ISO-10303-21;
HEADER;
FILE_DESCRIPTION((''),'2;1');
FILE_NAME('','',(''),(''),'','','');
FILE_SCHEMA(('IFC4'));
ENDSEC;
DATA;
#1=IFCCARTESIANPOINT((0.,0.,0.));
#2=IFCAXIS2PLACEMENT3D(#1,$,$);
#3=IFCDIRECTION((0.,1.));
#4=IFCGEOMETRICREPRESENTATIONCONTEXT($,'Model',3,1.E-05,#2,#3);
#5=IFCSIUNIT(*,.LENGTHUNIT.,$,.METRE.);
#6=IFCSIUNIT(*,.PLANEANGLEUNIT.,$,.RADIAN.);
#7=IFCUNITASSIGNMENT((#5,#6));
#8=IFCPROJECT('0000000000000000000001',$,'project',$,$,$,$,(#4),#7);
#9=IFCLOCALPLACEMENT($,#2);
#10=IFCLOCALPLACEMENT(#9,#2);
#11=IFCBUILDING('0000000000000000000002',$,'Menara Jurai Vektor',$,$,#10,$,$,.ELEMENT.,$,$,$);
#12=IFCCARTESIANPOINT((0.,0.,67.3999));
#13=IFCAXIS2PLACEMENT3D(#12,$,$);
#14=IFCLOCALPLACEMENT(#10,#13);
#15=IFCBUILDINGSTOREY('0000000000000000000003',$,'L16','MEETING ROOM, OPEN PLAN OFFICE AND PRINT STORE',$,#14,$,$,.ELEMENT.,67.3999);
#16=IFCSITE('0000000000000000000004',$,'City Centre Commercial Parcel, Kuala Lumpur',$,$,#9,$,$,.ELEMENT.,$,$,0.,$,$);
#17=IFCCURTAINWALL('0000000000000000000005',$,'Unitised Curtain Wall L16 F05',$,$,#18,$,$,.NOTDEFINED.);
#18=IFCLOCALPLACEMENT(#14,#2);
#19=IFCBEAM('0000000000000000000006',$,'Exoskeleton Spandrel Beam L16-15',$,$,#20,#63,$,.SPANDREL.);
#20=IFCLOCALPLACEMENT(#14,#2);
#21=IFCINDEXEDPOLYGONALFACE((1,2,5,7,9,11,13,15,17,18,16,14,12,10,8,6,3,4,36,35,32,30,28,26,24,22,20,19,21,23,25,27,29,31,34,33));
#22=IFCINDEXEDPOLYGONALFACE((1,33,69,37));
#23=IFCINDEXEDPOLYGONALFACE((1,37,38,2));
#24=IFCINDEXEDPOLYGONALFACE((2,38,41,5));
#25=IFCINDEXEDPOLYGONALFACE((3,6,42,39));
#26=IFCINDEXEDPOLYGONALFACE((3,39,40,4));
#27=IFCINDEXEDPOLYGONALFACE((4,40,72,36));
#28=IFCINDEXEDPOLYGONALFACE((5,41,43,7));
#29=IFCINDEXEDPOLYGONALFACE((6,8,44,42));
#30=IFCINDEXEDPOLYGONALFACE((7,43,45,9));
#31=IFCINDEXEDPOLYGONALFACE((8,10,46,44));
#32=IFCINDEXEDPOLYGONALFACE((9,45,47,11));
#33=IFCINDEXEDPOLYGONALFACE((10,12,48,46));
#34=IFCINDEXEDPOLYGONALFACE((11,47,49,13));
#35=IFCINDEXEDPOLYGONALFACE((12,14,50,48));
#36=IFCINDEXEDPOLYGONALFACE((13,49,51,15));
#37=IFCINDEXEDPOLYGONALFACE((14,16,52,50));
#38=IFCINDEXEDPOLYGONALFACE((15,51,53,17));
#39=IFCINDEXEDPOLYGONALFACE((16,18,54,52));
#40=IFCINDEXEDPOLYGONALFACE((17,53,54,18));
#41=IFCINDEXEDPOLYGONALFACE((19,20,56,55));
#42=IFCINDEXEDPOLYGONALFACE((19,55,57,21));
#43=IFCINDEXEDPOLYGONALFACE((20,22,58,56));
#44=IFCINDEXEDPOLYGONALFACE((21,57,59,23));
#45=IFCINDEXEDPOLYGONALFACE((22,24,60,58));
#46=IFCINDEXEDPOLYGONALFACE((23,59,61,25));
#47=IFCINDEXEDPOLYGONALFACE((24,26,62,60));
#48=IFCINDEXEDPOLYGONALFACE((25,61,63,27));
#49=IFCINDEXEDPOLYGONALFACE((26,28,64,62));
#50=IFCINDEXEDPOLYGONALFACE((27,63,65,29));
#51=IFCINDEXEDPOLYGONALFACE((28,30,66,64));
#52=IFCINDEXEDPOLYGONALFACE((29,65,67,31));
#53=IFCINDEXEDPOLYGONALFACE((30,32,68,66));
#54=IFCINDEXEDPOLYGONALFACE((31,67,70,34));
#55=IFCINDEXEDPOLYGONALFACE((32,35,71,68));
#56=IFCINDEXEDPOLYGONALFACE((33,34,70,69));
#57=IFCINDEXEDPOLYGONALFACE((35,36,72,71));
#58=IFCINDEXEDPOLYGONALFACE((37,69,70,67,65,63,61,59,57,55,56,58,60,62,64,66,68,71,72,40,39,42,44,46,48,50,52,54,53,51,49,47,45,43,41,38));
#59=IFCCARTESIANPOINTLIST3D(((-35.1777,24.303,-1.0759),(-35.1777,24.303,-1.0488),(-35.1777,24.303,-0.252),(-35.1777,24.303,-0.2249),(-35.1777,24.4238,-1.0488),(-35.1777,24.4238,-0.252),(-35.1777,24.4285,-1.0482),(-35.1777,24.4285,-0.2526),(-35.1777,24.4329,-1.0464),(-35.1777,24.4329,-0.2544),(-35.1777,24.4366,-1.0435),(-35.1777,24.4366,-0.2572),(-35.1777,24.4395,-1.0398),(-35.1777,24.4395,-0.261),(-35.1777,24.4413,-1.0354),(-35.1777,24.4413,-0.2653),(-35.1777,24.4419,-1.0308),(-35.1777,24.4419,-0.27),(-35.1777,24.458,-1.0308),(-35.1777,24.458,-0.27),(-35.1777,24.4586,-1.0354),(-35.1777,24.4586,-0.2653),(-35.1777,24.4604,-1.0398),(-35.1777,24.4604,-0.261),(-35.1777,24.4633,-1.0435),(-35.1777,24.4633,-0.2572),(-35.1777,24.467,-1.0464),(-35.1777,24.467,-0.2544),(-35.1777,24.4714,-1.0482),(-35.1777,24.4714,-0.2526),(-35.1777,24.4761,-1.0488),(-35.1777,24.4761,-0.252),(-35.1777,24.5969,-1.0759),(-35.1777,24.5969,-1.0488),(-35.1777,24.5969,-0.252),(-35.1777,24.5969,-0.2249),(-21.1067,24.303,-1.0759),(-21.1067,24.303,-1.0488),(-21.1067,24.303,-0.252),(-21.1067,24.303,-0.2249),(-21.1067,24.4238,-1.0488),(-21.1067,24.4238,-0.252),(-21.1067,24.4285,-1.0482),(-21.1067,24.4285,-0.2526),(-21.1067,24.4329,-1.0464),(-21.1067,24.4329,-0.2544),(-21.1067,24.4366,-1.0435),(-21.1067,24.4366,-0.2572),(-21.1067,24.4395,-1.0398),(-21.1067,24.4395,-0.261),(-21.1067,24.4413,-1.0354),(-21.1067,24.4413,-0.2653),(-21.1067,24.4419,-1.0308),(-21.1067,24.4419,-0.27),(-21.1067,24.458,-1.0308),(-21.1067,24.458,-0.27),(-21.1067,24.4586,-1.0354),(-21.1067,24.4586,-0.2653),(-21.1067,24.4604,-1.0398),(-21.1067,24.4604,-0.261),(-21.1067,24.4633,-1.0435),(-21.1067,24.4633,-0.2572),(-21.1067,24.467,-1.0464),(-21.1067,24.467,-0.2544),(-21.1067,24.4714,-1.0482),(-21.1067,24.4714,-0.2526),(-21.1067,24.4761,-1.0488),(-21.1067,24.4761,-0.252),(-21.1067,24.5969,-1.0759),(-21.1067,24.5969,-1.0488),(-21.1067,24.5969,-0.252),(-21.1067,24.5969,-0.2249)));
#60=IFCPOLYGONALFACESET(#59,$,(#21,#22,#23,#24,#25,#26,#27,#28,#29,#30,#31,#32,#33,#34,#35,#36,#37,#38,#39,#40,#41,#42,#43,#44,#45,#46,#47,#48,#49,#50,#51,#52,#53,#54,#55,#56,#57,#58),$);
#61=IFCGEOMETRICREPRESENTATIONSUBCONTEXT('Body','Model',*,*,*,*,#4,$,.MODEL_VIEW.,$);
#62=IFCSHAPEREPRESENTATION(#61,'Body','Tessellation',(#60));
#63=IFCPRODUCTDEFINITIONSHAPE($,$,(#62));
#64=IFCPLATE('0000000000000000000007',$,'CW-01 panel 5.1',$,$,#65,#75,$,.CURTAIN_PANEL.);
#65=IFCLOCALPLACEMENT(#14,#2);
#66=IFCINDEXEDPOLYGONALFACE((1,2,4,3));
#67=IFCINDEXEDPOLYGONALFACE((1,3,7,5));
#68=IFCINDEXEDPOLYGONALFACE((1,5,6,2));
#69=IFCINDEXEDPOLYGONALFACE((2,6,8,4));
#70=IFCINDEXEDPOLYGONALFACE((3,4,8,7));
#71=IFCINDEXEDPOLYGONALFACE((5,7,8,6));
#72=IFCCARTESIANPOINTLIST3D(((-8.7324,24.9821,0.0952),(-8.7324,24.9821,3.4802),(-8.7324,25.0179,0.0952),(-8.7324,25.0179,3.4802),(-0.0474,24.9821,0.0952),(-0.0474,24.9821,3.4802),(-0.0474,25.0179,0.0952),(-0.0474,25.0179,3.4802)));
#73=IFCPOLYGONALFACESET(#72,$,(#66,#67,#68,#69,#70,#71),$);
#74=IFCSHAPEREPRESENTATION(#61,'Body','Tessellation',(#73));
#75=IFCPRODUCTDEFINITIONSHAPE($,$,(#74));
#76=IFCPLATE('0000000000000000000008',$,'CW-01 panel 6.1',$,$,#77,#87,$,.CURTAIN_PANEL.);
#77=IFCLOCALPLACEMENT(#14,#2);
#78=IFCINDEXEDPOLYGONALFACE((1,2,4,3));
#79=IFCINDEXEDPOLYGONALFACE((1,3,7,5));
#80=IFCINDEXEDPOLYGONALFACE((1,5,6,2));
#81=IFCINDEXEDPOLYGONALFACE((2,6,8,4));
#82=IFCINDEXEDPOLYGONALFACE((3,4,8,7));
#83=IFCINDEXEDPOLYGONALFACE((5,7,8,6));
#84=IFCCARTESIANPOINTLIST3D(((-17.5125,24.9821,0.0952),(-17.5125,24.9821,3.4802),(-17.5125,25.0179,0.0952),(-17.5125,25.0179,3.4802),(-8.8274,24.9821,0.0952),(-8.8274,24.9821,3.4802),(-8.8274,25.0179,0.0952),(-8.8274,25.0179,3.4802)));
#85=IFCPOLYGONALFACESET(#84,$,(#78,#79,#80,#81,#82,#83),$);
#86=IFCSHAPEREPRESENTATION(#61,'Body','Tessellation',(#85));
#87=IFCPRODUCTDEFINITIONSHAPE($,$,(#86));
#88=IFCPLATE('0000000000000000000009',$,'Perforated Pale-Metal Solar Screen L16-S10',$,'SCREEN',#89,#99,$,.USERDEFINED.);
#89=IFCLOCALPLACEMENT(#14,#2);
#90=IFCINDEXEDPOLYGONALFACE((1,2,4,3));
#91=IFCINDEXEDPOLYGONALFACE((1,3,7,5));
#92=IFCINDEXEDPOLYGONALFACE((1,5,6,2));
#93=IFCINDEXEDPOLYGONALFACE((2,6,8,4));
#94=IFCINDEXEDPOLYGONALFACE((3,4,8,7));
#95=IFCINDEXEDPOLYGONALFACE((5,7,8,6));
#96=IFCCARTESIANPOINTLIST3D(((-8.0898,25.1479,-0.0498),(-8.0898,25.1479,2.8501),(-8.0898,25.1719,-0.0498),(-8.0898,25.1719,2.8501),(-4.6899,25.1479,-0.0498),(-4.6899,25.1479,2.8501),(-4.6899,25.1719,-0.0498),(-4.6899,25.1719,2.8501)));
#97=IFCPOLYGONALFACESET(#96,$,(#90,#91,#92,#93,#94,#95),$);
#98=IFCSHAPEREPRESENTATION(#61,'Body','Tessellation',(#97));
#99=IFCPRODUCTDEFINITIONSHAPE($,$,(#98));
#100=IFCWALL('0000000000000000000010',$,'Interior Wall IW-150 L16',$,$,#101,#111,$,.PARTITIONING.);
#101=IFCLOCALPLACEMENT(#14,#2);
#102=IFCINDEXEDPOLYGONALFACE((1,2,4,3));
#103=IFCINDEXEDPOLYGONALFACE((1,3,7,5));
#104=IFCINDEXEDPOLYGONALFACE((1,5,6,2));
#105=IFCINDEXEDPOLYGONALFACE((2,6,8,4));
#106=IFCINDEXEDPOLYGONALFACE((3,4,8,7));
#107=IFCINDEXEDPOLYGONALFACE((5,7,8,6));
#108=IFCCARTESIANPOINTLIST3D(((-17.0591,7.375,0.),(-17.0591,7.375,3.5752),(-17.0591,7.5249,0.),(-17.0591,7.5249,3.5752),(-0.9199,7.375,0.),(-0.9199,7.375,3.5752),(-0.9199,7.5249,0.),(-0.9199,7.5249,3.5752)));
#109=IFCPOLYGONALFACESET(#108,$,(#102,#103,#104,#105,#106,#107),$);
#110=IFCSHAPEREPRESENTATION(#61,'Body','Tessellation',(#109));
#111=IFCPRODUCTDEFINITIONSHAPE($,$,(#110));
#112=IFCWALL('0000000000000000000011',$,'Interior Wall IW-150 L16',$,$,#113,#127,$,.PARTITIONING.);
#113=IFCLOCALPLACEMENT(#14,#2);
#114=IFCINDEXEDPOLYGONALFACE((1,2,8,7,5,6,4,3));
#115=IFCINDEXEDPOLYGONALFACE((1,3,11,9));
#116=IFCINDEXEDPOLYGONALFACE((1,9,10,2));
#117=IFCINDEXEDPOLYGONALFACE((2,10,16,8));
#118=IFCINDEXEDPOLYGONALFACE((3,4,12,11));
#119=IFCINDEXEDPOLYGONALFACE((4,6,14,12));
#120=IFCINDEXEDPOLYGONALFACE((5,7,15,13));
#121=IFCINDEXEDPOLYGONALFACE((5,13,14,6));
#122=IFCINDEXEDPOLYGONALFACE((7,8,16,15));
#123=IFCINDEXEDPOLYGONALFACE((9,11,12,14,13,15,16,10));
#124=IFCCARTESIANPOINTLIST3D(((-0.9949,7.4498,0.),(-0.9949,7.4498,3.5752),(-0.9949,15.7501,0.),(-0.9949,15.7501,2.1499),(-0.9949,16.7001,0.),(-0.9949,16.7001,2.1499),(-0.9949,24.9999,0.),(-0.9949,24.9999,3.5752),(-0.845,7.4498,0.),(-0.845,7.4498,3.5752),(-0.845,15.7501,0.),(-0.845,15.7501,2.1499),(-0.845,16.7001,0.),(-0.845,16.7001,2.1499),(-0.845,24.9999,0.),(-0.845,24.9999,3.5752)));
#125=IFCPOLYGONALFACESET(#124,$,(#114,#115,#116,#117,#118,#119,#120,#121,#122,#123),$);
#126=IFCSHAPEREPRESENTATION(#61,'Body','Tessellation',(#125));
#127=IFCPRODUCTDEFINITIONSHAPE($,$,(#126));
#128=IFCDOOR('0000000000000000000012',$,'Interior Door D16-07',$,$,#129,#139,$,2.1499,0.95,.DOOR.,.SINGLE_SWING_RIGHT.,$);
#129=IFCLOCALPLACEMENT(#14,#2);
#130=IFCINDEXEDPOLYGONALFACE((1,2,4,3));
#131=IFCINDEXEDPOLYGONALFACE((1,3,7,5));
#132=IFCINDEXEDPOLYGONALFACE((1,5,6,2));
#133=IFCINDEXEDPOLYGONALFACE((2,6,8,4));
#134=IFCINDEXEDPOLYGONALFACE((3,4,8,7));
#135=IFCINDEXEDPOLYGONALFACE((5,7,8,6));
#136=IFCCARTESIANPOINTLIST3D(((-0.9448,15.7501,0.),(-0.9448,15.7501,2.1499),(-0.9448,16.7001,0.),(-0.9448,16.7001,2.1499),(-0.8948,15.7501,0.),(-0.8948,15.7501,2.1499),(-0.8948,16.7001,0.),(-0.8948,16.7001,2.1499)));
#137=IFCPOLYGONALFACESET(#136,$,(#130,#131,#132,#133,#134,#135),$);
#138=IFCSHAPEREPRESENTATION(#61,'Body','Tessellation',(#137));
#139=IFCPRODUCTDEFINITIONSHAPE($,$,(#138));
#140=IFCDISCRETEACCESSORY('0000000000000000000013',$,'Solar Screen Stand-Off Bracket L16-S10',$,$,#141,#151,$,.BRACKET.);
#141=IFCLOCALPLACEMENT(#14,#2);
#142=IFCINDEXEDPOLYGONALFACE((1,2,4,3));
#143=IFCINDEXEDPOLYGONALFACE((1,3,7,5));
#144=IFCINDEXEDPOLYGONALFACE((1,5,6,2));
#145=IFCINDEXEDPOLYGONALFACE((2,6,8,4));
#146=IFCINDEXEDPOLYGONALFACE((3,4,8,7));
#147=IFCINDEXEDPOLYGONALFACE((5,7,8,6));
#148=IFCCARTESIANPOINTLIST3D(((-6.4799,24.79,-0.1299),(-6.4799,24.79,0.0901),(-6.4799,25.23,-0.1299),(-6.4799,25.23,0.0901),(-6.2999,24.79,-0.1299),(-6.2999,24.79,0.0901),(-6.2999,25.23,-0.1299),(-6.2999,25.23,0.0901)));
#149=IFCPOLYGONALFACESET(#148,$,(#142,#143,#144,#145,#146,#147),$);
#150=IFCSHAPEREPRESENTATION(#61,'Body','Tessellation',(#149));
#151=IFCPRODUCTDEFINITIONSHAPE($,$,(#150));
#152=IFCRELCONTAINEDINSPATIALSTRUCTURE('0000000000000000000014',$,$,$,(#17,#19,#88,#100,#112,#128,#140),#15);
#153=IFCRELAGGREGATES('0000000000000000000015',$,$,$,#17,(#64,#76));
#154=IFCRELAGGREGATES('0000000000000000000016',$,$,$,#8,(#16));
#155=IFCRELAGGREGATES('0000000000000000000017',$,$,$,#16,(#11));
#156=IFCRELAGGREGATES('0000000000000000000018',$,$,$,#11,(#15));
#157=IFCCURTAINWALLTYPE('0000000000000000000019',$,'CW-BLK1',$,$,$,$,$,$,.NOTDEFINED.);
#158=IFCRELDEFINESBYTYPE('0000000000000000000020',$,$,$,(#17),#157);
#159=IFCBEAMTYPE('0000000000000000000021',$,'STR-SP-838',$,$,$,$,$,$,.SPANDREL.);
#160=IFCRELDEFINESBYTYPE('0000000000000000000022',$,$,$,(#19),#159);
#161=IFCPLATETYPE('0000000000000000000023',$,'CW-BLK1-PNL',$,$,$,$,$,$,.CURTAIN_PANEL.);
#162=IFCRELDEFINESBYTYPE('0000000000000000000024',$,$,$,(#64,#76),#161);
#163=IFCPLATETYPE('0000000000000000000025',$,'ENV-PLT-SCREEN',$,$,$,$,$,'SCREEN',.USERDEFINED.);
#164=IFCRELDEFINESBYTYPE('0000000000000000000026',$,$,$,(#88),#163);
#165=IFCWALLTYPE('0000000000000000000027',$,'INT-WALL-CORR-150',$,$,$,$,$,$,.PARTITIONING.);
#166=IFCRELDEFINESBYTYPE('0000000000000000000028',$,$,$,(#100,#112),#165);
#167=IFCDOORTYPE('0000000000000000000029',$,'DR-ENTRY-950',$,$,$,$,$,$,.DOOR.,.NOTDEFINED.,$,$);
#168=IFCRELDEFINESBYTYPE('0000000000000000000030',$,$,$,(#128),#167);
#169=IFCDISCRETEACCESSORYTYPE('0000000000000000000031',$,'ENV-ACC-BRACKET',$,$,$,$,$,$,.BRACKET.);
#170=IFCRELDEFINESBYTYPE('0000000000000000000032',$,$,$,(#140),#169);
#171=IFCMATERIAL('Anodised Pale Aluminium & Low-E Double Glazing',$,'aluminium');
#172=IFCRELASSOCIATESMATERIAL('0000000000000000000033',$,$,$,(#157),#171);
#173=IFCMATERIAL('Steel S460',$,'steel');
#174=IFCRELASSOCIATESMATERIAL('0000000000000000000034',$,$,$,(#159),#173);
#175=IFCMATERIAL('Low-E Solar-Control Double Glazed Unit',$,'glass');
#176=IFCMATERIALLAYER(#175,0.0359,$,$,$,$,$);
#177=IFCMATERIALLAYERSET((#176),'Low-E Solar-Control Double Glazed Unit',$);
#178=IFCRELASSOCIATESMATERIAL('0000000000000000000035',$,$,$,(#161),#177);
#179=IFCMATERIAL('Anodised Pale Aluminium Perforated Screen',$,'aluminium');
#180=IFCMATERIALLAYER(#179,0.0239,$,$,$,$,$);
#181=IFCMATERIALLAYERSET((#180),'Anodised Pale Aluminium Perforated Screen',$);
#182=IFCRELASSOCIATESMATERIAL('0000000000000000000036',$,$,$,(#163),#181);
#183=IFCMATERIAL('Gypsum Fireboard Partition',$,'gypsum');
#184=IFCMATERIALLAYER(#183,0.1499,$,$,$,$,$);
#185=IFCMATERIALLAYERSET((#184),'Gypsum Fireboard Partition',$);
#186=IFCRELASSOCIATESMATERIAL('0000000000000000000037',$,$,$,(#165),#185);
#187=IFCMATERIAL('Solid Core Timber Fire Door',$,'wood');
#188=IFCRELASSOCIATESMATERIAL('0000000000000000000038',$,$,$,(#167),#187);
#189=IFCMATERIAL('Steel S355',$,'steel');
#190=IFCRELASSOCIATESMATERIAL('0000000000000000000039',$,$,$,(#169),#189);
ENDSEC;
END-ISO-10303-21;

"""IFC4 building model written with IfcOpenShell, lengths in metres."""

from ifc_helpers import new_model, si_unit, direction, frame, frame_2d, origin, origin_2d, place, context, subcontext, project, spatial, rectangle, i_section, extrude, material, layer, layer_set, material_profile, profile_set, type_object, element, fill, aggregate, save


model = new_model("IFC4")

# Units and contexts
model_context = context("Model", 3, precision=1e-05, world=origin(), true_north=direction((0.0, 1.0)))
body_context = subcontext(model_context, "Body", "Model", "MODEL_VIEW")
ifc_project = project(units=[si_unit("LENGTHUNIT", "METRE"), si_unit("PLANEANGLEUNIT", "RADIAN")], contexts=[model_context])

# Site, building, storey
site_placement = place(None, origin())
site = spatial("IfcSite", under=ifc_project, at=site_placement, Name="City Centre Commercial Parcel, Kuala Lumpur", CompositionType="ELEMENT", RefElevation=0.0)
building_placement = place(site_placement, origin())
building = spatial("IfcBuilding", under=site, at=building_placement, Name="Menara Jurai Vektor", CompositionType="ELEMENT")
storey_placement = place(building_placement, frame((0.0, 0.0, 67.3999)))
storey = spatial("IfcBuildingStorey", under=building, at=storey_placement, Name="L16", Description="MEETING ROOM, OPEN PLAN OFFICE AND PRINT STORE", CompositionType="ELEMENT", Elevation=67.3999)

# Shared definitions
ifc_material_1 = material(Name="Steel S460", Category="steel")

# Curtain wall
ifc_material_2 = material(Name="Anodised Pale Aluminium & Low-E Double Glazing", Category="aluminium")
curtain_wall_type = type_object("IfcCurtainWallType", Name="CW-BLK1", PredefinedType="NOTDEFINED", material=ifc_material_2)
curtain_wall_placement = place(storey_placement, origin())
curtain_wall = element("IfcCurtainWall", 1, at=curtain_wall_placement, inside=storey, type_object=curtain_wall_type, Name="Unitised Curtain Wall L16 F05", PredefinedType="NOTDEFINED")

# Beam
ifc_material_3 = material(Name="Steel S355", Category="steel")
ifc_material_profile_1 = material_profile(ifc_material_1, i_section(OverallWidth=0.2939, OverallDepth=0.8511, WebThickness=0.0161, FlangeThickness=0.0271, FilletRadius=0.0181, at=origin_2d()), Name="UKB 838x292x226")
ifc_profile_set_1 = profile_set([ifc_material_profile_1], Name="Steel S460")
beam_type_1 = type_object("IfcBeamType", Name="STR-SP-838", PredefinedType="SPANDREL", material=ifc_profile_set_1)
for number, where, z_axis, x_axis, name in (
    (2, (-21.1067, 24.45, -0.6504), (-1.0, 0.0, 0.0), (0.0, -1.0, 0.0), "Exoskeleton Spandrel Beam L16-15"),
):
    element("IfcBeam", number, at=place(storey_placement, frame(where, z_axis=z_axis, x_axis=x_axis)), inside=storey, type_object=beam_type_1, Name=name, PredefinedType="SPANDREL", context=body_context, shape_type="SweptSolid", body=[
        extrude(i_section(OverallWidth=0.2939, OverallDepth=0.8511, WebThickness=0.0161, FlangeThickness=0.0271, FilletRadius=0.0181, at=origin_2d()), origin(), (0.0, 0.0, 1.0), 14.071),
    ])

# Plates
ifc_material_4 = material(Name="Low-E Solar-Control Double Glazed Unit", Category="glass")
ifc_layer_1 = layer(ifc_material_4, 0.0359)
ifc_layer_set_1 = layer_set([ifc_layer_1], Name="Low-E Solar-Control Double Glazed Unit")
plate_type_1 = type_object("IfcPlateType", Name="CW-BLK1-PNL", PredefinedType="CURTAIN_PANEL", material=ifc_layer_set_1)
plate_1_placement = place(storey_placement, frame((-4.3899, 25.0, 0.0952), z_axis=(0.0, 0.0, 1.0), x_axis=(-1.0, 0.0, 0.0)))
plate_1 = element("IfcPlate", 3, at=plate_1_placement, type_object=plate_type_1, Name="CW-01 panel 5.1", PredefinedType="CURTAIN_PANEL", context=body_context, shape_type="SweptSolid", body=[
    extrude(rectangle(XDim=8.6851, YDim=0.0359, at=origin_2d()), origin(), (0.0, 0.0, 1.0), 3.385),
])
plate_2_placement = place(storey_placement, frame((-13.1699, 25.0, 0.0952), z_axis=(0.0, 0.0, 1.0), x_axis=(-1.0, 0.0, 0.0)))
plate_2 = element("IfcPlate", 4, at=plate_2_placement, type_object=plate_type_1, Name="CW-01 panel 6.1", PredefinedType="CURTAIN_PANEL", context=body_context, shape_type="SweptSolid", body=[
    extrude(rectangle(XDim=8.6851, YDim=0.0359, at=origin_2d()), origin(), (0.0, 0.0, 1.0), 3.385),
])
aggregate(curtain_wall, [plate_1, plate_2])
ifc_material_5 = material(Name="Anodised Pale Aluminium Perforated Screen", Category="aluminium")
ifc_layer_2 = layer(ifc_material_5, 0.0239)
ifc_layer_set_2 = layer_set([ifc_layer_2], Name="Anodised Pale Aluminium Perforated Screen")
plate_type_2 = type_object("IfcPlateType", Name="ENV-PLT-SCREEN", ElementType="SCREEN", PredefinedType="USERDEFINED", material=ifc_layer_set_2)
plate_3_placement = place(storey_placement, frame((-6.3899, 25.1599, -0.0498), z_axis=(0.0, 0.0, 1.0), x_axis=(-1.0, 0.0, 0.0)))
element("IfcPlate", 5, at=plate_3_placement, inside=storey, type_object=plate_type_2, Name="Perforated Pale-Metal Solar Screen L16-S10", ObjectType="SCREEN", PredefinedType="USERDEFINED", context=body_context, shape_type="SweptSolid", body=[
    extrude(rectangle(XDim=3.3999, YDim=0.0239, at=origin_2d()), origin(), (0.0, 0.0, 1.0), 2.8999),
])

# Wall
ifc_material_6 = material(Name="Gypsum Fireboard Partition", Category="gypsum")
ifc_layer_3 = layer(ifc_material_6, 0.1499)
ifc_layer_set_3 = layer_set([ifc_layer_3], Name="Gypsum Fireboard Partition")
wall_type = type_object("IfcWallType", Name="INT-WALL-CORR-150", PredefinedType="PARTITIONING", material=ifc_layer_set_3)
wall_1_placement = place(storey_placement, frame((-17.0591, 7.45, 0.0), z_axis=(0.0, 0.0, 1.0), x_axis=(1.0, 0.0, 0.0)))
element("IfcWall", 6, at=wall_1_placement, inside=storey, type_object=wall_type, Name="Interior Wall IW-150 L16", PredefinedType="PARTITIONING", context=body_context, shape_type="SweptSolid", body=[
    extrude(rectangle(XDim=16.1392, YDim=0.1499, at=frame_2d((8.0696, 0.0))), origin(), (0.0, 0.0, 1.0), 3.5752),
])

# Wall, opening, door
wall_2_placement = place(storey_placement, frame((-0.9199, 7.45, 0.0), z_axis=(0.0, 0.0, 1.0), x_axis=(0.0, 1.0, 0.0)))
wall_2 = element("IfcWall", 7, at=wall_2_placement, inside=storey, type_object=wall_type, Name="Interior Wall IW-150 L16", PredefinedType="PARTITIONING", context=body_context, shape_type="SweptSolid", body=[
    extrude(rectangle(XDim=17.55, YDim=0.1499, at=frame_2d((8.7749, 0.0))), origin(), (0.0, 0.0, 1.0), 3.5752),
])
opening_placement = place(wall_2_placement, frame((8.3, 0.0, 0.0)))
opening = element("IfcOpeningElement", 8, at=opening_placement, cuts=wall_2, PredefinedType="OPENING", context=body_context, shape_type="SweptSolid", body=[
    extrude(rectangle(XDim=0.95, YDim=2.1499, at=frame_2d((0.4751, 1.075))), frame((0.0, 0.085, 0.0), z_axis=(0.0, -1.0, 0.0), x_axis=(1.0, 0.0, 0.0)), (0.0, 0.0, 1.0), 0.1699),
])
ifc_material_7 = material(Name="Solid Core Timber Fire Door", Category="wood")
door_type = type_object("IfcDoorType", Name="DR-ENTRY-950", OperationType="NOTDEFINED", PredefinedType="DOOR", material=ifc_material_7)
door_placement = place(opening_placement, origin())
door = element("IfcDoor", 9, at=door_placement, inside=storey, type_object=door_type, Name="Interior Door D16-07", OperationType="SINGLE_SWING_RIGHT", OverallHeight=2.1499, OverallWidth=0.95, PredefinedType="DOOR", context=body_context, shape_type="SweptSolid", body=[
    extrude(rectangle(XDim=0.95, YDim=2.1499, at=frame_2d((0.4751, 1.075))), frame((0.0, 0.0249, 0.0), z_axis=(0.0, -1.0, 0.0), x_axis=(1.0, 0.0, 0.0)), (0.0, 0.0, 1.0), 0.05),
])
fill(opening, door)

# Discrete accessory
discrete_accessory_type = type_object("IfcDiscreteAccessoryType", Name="ENV-ACC-BRACKET", PredefinedType="BRACKET", material=ifc_material_3)
discrete_accessory_placement = place(storey_placement, frame((-6.3899, 25.01, -0.1299), z_axis=(0.0, 0.0, 1.0), x_axis=(-1.0, 0.0, 0.0)))
element("IfcDiscreteAccessory", 10, at=discrete_accessory_placement, inside=storey, type_object=discrete_accessory_type, Name="Solar Screen Stand-Off Bracket L16-S10", PredefinedType="BRACKET", context=body_context, shape_type="SweptSolid", body=[
    extrude(rectangle(XDim=0.1799, YDim=0.4399, at=origin_2d()), origin(), (0.0, 0.0, 1.0), 0.22),
])

save(model, "model.ifc")
